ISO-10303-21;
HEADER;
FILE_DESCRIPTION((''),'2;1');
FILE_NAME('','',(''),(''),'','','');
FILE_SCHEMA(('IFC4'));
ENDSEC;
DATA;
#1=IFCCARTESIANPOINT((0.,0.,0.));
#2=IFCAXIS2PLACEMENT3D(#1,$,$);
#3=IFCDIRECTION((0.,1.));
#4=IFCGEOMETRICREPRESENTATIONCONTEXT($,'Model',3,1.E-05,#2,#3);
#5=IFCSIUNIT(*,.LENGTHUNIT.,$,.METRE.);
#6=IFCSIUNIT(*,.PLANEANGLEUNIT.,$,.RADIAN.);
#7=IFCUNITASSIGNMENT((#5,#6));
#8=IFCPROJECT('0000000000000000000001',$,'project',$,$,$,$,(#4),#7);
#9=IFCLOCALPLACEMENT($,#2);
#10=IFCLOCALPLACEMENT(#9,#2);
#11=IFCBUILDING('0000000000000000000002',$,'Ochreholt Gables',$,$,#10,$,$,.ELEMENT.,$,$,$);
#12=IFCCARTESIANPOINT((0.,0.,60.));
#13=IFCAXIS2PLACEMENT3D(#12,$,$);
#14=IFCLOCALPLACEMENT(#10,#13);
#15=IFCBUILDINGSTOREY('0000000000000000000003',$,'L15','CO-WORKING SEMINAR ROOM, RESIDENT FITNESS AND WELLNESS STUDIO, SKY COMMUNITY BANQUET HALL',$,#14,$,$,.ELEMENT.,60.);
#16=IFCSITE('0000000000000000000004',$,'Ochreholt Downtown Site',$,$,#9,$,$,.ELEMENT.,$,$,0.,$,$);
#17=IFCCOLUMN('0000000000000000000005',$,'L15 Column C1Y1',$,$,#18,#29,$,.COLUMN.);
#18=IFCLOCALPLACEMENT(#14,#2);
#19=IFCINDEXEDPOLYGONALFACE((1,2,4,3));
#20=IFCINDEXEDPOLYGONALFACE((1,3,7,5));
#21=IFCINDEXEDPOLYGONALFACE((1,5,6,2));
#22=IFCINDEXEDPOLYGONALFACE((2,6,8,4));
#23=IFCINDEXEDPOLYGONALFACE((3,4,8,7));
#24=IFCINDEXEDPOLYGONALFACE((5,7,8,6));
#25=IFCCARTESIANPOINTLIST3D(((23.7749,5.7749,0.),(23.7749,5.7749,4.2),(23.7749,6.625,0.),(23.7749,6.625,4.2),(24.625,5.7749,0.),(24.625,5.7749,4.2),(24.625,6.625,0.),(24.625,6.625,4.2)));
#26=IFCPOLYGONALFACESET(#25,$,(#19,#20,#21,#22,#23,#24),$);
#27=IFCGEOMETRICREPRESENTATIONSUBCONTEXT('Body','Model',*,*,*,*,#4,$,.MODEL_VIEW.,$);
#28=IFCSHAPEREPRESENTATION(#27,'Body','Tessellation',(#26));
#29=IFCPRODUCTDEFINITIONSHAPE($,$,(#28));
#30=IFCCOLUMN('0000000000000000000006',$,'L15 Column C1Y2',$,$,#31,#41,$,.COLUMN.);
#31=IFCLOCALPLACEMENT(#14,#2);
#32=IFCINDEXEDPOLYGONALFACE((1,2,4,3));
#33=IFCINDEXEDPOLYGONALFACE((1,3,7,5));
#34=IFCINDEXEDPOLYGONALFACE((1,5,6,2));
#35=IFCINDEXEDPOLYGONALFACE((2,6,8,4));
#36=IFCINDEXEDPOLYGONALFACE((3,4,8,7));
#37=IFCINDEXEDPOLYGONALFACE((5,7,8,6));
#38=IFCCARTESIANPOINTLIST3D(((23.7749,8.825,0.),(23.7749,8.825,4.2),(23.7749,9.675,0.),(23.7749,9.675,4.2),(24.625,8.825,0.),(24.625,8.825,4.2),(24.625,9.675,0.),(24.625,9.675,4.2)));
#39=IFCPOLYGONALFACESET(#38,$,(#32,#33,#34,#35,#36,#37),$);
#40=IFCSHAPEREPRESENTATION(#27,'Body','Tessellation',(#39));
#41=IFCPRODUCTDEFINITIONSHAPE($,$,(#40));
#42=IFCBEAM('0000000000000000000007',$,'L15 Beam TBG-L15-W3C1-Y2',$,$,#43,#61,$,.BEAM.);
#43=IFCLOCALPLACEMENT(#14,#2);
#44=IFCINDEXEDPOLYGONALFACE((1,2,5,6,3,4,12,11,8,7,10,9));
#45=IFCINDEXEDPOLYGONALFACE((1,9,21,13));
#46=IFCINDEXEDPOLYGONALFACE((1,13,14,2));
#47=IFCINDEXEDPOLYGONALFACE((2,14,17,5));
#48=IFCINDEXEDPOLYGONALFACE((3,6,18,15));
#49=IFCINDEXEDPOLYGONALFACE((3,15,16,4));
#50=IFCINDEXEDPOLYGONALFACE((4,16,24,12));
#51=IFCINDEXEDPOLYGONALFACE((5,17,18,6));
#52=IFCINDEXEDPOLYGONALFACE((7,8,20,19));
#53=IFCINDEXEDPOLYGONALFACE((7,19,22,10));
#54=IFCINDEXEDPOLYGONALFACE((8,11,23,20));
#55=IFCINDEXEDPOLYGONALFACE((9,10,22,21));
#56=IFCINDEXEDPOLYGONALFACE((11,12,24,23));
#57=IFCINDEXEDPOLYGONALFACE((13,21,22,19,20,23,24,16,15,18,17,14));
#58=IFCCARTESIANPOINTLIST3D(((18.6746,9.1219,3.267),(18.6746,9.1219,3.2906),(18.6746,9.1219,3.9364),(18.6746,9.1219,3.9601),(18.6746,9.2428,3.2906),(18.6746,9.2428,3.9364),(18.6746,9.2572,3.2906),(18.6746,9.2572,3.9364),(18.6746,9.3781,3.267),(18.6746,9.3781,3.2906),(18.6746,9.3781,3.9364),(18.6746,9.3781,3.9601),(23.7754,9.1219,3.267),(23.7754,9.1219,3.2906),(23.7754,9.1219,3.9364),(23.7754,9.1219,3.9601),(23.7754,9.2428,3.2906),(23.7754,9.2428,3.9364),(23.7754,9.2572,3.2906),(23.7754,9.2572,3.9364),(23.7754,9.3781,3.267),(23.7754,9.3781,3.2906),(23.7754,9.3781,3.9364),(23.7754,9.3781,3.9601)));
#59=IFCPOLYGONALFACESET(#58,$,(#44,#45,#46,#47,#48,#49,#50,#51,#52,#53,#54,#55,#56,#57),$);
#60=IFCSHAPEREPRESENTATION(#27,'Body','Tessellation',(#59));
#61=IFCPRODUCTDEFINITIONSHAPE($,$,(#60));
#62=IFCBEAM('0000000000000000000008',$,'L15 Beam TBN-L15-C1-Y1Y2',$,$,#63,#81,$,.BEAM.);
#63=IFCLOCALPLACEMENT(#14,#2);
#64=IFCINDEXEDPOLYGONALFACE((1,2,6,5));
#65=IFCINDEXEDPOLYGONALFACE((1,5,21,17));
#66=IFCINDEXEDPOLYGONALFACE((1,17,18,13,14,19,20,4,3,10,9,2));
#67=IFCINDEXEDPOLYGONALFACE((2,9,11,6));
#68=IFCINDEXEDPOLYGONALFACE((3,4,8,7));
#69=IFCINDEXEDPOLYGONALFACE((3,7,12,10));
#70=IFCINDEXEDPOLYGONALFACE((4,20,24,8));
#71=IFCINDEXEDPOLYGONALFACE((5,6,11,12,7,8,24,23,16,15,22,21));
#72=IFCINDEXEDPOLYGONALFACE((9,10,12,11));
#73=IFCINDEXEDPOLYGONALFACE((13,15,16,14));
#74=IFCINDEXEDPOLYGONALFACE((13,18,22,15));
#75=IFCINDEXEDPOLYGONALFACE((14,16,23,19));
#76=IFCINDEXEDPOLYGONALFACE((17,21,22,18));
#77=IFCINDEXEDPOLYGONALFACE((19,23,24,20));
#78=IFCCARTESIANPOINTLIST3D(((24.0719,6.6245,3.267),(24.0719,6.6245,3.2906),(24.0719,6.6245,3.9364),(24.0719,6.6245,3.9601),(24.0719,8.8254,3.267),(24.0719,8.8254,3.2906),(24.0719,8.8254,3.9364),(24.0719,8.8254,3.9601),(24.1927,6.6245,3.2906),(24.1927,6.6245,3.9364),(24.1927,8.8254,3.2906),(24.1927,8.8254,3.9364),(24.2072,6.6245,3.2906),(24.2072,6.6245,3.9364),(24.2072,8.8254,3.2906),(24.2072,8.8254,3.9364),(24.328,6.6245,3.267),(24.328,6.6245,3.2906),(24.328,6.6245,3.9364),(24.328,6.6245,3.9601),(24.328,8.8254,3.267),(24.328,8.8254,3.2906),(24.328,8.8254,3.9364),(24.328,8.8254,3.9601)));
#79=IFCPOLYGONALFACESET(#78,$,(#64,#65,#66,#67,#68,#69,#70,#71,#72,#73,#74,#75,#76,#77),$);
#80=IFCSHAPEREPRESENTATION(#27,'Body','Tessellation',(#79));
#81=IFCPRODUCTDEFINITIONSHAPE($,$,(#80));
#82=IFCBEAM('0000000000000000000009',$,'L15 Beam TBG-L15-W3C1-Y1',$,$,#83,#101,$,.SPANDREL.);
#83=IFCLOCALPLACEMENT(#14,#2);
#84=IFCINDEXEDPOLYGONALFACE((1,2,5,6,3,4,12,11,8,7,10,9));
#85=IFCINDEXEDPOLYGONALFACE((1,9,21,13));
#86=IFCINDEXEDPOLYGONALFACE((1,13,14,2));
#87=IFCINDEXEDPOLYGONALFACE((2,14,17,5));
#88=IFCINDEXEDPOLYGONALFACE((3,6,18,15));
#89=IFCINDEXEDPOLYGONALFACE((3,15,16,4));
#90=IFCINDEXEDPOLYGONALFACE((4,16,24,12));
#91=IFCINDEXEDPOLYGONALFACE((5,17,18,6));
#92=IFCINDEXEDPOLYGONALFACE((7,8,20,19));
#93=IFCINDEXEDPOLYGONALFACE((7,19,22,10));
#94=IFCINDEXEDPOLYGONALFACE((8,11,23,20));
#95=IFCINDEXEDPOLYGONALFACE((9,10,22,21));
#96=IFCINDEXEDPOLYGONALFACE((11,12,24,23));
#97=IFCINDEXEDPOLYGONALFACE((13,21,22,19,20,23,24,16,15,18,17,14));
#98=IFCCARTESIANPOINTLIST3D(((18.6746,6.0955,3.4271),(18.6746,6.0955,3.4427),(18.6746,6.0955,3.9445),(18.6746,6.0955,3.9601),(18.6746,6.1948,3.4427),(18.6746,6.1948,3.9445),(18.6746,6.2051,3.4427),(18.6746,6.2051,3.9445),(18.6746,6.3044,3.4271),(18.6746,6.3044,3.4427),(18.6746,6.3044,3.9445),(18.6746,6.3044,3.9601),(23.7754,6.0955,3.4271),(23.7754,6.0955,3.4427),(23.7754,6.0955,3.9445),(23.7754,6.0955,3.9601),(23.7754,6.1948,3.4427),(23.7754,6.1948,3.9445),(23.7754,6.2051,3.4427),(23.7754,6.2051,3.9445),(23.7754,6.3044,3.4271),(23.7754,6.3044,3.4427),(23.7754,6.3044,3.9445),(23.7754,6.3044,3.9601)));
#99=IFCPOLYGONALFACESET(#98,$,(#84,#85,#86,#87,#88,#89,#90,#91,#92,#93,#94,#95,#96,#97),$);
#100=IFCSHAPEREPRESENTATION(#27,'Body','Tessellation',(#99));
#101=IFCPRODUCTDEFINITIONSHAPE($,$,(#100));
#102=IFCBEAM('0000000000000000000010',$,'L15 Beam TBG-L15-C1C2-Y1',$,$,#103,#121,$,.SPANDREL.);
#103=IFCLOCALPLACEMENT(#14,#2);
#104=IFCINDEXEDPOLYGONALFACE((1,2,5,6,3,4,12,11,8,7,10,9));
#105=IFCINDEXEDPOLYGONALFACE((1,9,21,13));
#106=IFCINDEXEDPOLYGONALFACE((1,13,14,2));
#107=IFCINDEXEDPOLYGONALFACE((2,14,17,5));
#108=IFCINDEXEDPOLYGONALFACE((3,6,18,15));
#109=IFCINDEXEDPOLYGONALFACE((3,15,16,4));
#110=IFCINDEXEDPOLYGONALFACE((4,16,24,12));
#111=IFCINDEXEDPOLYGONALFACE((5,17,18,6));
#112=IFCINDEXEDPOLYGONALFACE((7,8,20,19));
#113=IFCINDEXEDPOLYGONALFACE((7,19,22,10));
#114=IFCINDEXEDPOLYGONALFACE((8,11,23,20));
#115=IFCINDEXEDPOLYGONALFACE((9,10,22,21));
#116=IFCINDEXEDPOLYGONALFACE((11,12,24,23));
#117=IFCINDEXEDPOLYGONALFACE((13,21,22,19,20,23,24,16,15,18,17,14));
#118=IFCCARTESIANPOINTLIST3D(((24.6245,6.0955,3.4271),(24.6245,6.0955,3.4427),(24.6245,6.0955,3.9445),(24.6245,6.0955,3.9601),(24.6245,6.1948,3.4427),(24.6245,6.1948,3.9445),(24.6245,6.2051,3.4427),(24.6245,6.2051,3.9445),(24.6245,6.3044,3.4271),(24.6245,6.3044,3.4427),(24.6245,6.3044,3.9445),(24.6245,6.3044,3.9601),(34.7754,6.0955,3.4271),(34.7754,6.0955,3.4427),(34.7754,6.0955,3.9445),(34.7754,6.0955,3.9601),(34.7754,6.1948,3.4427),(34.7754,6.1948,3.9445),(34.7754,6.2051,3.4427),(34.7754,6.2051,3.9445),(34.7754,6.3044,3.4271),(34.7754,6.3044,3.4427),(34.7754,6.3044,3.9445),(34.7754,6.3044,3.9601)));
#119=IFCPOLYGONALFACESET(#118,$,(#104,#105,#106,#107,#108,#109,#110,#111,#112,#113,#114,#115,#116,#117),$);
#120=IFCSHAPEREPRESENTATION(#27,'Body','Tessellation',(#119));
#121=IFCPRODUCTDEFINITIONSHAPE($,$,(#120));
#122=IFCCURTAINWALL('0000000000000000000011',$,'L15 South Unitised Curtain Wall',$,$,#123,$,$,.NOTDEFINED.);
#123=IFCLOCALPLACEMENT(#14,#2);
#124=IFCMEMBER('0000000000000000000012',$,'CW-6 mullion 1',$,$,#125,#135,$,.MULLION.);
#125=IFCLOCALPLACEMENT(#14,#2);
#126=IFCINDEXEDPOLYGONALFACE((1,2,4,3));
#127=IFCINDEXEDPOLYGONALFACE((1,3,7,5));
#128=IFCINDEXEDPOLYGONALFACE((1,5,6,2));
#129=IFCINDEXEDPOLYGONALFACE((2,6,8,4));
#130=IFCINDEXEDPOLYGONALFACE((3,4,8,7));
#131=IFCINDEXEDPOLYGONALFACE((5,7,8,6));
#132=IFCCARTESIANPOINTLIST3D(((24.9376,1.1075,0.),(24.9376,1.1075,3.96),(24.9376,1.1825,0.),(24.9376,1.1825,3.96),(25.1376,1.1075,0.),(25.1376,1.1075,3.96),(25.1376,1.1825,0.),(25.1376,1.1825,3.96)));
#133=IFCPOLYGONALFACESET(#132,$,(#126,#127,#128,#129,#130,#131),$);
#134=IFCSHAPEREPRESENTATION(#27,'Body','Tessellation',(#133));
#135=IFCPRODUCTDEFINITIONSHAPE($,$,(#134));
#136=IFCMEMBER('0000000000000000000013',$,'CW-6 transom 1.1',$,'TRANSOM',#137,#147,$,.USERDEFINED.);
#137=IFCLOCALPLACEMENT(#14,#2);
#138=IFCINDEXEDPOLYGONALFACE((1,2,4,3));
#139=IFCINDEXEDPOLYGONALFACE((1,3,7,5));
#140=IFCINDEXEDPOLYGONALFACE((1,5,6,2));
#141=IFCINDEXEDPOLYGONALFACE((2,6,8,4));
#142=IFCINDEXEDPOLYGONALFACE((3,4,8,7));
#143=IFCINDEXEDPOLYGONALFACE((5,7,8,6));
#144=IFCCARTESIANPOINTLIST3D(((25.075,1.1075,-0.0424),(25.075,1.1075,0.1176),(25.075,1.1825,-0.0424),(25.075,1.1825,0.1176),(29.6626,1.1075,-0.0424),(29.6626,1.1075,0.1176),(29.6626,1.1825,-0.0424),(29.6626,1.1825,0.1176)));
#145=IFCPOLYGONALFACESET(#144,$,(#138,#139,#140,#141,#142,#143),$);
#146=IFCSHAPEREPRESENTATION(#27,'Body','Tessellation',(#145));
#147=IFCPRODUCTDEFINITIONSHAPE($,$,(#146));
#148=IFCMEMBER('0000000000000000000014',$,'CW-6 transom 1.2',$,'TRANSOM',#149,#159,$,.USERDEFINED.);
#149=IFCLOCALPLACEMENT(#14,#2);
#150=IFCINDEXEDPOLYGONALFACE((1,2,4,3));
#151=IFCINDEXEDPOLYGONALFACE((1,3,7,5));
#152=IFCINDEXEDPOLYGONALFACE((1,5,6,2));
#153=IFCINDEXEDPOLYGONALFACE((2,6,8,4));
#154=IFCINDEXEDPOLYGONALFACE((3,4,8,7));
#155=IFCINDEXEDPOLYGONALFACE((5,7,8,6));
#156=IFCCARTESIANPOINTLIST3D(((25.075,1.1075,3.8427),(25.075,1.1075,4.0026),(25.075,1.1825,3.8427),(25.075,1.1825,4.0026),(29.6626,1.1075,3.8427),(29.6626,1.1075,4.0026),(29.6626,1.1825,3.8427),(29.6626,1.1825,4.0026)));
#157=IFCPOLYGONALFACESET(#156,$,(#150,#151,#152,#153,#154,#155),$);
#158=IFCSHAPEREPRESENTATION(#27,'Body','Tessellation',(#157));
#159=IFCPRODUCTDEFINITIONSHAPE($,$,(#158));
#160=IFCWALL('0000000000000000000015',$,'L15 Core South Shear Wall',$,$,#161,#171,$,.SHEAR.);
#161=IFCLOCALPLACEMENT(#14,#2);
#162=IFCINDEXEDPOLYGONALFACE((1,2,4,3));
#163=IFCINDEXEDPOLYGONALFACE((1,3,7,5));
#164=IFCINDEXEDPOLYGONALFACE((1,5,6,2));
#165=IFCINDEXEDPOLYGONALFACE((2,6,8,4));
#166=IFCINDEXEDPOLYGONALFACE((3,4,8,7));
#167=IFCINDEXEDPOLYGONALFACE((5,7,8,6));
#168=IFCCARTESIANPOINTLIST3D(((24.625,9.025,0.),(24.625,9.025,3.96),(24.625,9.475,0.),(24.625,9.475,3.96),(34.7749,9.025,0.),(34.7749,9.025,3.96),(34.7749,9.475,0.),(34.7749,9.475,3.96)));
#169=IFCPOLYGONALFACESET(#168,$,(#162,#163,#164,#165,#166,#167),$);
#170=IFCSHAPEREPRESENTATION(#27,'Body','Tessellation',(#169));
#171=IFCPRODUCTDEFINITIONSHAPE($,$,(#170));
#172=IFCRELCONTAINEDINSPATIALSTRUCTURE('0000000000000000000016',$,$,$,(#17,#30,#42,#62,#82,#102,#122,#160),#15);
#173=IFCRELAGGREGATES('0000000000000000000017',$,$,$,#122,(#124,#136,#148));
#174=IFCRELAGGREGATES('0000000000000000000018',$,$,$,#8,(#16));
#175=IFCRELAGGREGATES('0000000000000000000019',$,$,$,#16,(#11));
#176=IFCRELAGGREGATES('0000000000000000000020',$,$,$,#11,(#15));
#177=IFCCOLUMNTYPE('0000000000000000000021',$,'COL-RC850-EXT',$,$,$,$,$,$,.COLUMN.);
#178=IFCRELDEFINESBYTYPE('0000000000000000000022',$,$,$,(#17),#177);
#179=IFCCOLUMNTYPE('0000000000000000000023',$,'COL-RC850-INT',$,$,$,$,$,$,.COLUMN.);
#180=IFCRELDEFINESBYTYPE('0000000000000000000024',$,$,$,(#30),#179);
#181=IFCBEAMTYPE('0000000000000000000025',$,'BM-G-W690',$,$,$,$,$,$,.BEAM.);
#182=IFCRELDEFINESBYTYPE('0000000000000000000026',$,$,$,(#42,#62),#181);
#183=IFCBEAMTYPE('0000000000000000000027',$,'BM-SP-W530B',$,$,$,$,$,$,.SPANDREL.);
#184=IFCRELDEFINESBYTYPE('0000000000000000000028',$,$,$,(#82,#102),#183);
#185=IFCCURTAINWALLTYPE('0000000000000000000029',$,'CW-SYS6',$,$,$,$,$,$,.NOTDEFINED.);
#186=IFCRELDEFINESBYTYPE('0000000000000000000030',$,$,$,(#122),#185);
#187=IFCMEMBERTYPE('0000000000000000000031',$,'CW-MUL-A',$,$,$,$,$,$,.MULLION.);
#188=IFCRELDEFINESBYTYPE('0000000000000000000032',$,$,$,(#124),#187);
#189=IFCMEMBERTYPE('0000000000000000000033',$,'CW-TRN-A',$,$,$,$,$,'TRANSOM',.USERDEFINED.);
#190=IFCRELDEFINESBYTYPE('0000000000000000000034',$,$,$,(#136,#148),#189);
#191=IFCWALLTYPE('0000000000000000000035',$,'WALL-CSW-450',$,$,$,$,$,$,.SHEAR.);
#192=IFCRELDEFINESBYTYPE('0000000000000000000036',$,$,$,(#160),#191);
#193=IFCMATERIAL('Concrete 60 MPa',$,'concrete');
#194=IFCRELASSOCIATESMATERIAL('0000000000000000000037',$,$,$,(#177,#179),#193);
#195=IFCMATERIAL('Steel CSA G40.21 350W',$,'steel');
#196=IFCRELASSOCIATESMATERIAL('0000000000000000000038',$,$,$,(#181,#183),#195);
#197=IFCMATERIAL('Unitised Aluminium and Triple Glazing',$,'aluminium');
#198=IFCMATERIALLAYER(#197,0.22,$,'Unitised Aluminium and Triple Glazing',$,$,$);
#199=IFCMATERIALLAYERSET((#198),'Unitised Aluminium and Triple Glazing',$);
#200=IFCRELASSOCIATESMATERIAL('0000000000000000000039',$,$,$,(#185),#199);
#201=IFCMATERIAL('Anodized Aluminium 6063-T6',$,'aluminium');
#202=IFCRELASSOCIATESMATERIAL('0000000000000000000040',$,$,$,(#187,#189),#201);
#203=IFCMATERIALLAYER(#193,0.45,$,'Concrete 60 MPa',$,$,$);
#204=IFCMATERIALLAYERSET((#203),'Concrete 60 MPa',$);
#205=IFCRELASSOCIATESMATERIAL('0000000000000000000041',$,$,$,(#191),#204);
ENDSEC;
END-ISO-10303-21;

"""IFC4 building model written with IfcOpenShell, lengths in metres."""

from ifc_helpers import new_model, si_unit, direction, frame, frame_2d, origin, origin_2d, place, context, subcontext, project, spatial, rectangle, i_section, extrude, material, layer, layer_set, material_profile, profile_set, type_object, element, aggregate, save


model = new_model("IFC4")

# Units and contexts
model_context = context("Model", 3, precision=1e-05, world=origin(), true_north=direction((0.0, 1.0)))
body_context = subcontext(model_context, "Body", "Model", "MODEL_VIEW")
ifc_project = project(units=[si_unit("LENGTHUNIT", "METRE"), si_unit("PLANEANGLEUNIT", "RADIAN")], contexts=[model_context])

# Site, building, storey
site_placement = place(None, origin())
site = spatial("IfcSite", under=ifc_project, at=site_placement, Name="Ochreholt Downtown Site", CompositionType="ELEMENT", RefElevation=0.0)
building_placement = place(site_placement, origin())
building = spatial("IfcBuilding", under=site, at=building_placement, Name="Ochreholt Gables", CompositionType="ELEMENT")
storey_placement = place(building_placement, frame((0.0, 0.0, 60.0)))
storey = spatial("IfcBuildingStorey", under=building, at=storey_placement, Name="L15", Description="CO-WORKING SEMINAR ROOM, RESIDENT FITNESS AND WELLNESS STUDIO, SKY COMMUNITY BANQUET HALL", CompositionType="ELEMENT", Elevation=60.0)

# Columns
ifc_material_1 = material(Name="Concrete 60 MPa", Category="concrete")
ifc_material_profile_1 = material_profile(ifc_material_1, rectangle(XDim=0.8501, YDim=0.8501, at=origin_2d()), Name="RC850X850")
ifc_profile_set_1 = profile_set([ifc_material_profile_1], Name="Concrete 60 MPa")
column_type_1 = type_object("IfcColumnType", Name="COL-RC850-EXT", PredefinedType="COLUMN", material=ifc_profile_set_1)
column_1_placement = place(storey_placement, frame((24.2, 6.2, 0.0), z_axis=(0.0, 0.0, 1.0), x_axis=(1.0, 0.0, 0.0)))
element("IfcColumn", 1, at=column_1_placement, inside=storey, type_object=column_type_1, Name="L15 Column C1Y1", PredefinedType="COLUMN", context=body_context, shape_type="SweptSolid", body=[
    extrude(rectangle(XDim=0.8501, YDim=0.8501, at=origin_2d()), origin(), (0.0, 0.0, 1.0), 4.2),
])
ifc_material_profile_2 = material_profile(ifc_material_1, rectangle(XDim=0.8501, YDim=0.8501, at=origin_2d()), Name="RC850X850")
ifc_profile_set_2 = profile_set([ifc_material_profile_2], Name="Concrete 60 MPa")
column_type_2 = type_object("IfcColumnType", Name="COL-RC850-INT", PredefinedType="COLUMN", material=ifc_profile_set_2)
column_2_placement = place(storey_placement, frame((24.2, 9.25, 0.0), z_axis=(0.0, 0.0, 1.0), x_axis=(1.0, 0.0, 0.0)))
element("IfcColumn", 2, at=column_2_placement, inside=storey, type_object=column_type_2, Name="L15 Column C1Y2", PredefinedType="COLUMN", context=body_context, shape_type="SweptSolid", body=[
    extrude(rectangle(XDim=0.8501, YDim=0.8501, at=origin_2d()), origin(), (0.0, 0.0, 1.0), 4.2),
])

# Beams
ifc_material_2 = material(Name="Steel CSA G40.21 350W", Category="steel")
ifc_material_profile_3 = material_profile(ifc_material_2, i_section(OverallWidth=0.2561, OverallDepth=0.6931, WebThickness=0.0144, FlangeThickness=0.0237, at=origin_2d()), Name="W690X170")
ifc_profile_set_3 = profile_set([ifc_material_profile_3], Name="Steel CSA G40.21 350W")
beam_type_1 = type_object("IfcBeamType", Name="BM-G-W690", PredefinedType="BEAM", material=ifc_profile_set_3)
beam_1_placement = place(storey_placement, frame((18.6746, 9.25, 3.6135), z_axis=(1.0, 0.0, 0.0), x_axis=(0.0, 1.0, 0.0)))
element("IfcBeam", 3, at=beam_1_placement, inside=storey, type_object=beam_type_1, Name="L15 Beam TBG-L15-W3C1-Y2", PredefinedType="BEAM", context=body_context, shape_type="SweptSolid", body=[
    extrude(i_section(OverallWidth=0.2561, OverallDepth=0.6931, WebThickness=0.0144, FlangeThickness=0.0237, at=origin_2d()), origin(), (0.0, 0.0, 1.0), 5.1008),
])
beam_2_placement = place(storey_placement, frame((24.2, 6.6245, 3.6135), z_axis=(0.0, 1.0, 0.0), x_axis=(-1.0, 0.0, 0.0)))
element("IfcBeam", 4, at=beam_2_placement, inside=storey, type_object=beam_type_1, Name="L15 Beam TBN-L15-C1-Y1Y2", PredefinedType="BEAM", context=body_context, shape_type="SweptSolid", body=[
    extrude(i_section(OverallWidth=0.2561, OverallDepth=0.6931, WebThickness=0.0144, FlangeThickness=0.0237, at=origin_2d()), origin(), (0.0, 0.0, 1.0), 2.2009),
])
ifc_material_profile_4 = material_profile(ifc_material_2, i_section(OverallWidth=0.209, OverallDepth=0.533, WebThickness=0.0103, FlangeThickness=0.0156, at=origin_2d()), Name="W530X92")
ifc_profile_set_4 = profile_set([ifc_material_profile_4], Name="Steel CSA G40.21 350W")
beam_type_2 = type_object("IfcBeamType", Name="BM-SP-W530B", PredefinedType="SPANDREL", material=ifc_profile_set_4)
beam_3_placement = place(storey_placement, frame((18.6746, 6.2, 3.6936), z_axis=(1.0, 0.0, 0.0), x_axis=(0.0, 1.0, 0.0)))
element("IfcBeam", 5, at=beam_3_placement, inside=storey, type_object=beam_type_2, Name="L15 Beam TBG-L15-W3C1-Y1", PredefinedType="SPANDREL", context=body_context, shape_type="SweptSolid", body=[
    extrude(i_section(OverallWidth=0.209, OverallDepth=0.533, WebThickness=0.0103, FlangeThickness=0.0156, at=origin_2d()), origin(), (0.0, 0.0, 1.0), 5.1008),
])
beam_4_placement = place(storey_placement, frame((24.6245, 6.2, 3.6936), z_axis=(1.0, 0.0, 0.0), x_axis=(0.0, 1.0, 0.0)))
element("IfcBeam", 6, at=beam_4_placement, inside=storey, type_object=beam_type_2, Name="L15 Beam TBG-L15-C1C2-Y1", PredefinedType="SPANDREL", context=body_context, shape_type="SweptSolid", body=[
    extrude(i_section(OverallWidth=0.209, OverallDepth=0.533, WebThickness=0.0103, FlangeThickness=0.0156, at=origin_2d()), origin(), (0.0, 0.0, 1.0), 10.1509),
])

# Curtain wall, members
ifc_material_3 = material(Name="Unitised Aluminium and Triple Glazing", Category="aluminium")
ifc_layer_1 = layer(ifc_material_3, 0.22, Name="Unitised Aluminium and Triple Glazing")
ifc_layer_set_1 = layer_set([ifc_layer_1], Name="Unitised Aluminium and Triple Glazing")
curtain_wall_type = type_object("IfcCurtainWallType", Name="CW-SYS6", PredefinedType="NOTDEFINED", material=ifc_layer_set_1)
curtain_wall_placement = place(storey_placement, origin())
curtain_wall = element("IfcCurtainWall", 7, at=curtain_wall_placement, inside=storey, type_object=curtain_wall_type, Name="L15 South Unitised Curtain Wall", PredefinedType="NOTDEFINED")
ifc_material_4 = material(Name="Anodized Aluminium 6063-T6", Category="aluminium")
ifc_material_profile_5 = material_profile(ifc_material_4, rectangle(XDim=0.075, YDim=0.2, at=origin_2d()), Name="CWM75X200")
ifc_profile_set_5 = profile_set([ifc_material_profile_5], Name="Anodized Aluminium 6063-T6")
member_type_1 = type_object("IfcMemberType", Name="CW-MUL-A", PredefinedType="MULLION", material=ifc_profile_set_5)
member_1_placement = place(storey_placement, frame((25.0376, 1.145, 0.0), z_axis=(0.0, 0.0, 1.0), x_axis=(0.0, 1.0, 0.0)))
member_1 = element("IfcMember", 8, at=member_1_placement, type_object=member_type_1, Name="CW-6 mullion 1", PredefinedType="MULLION", context=body_context, shape_type="SweptSolid", body=[
    extrude(rectangle(XDim=0.075, YDim=0.2, at=origin_2d()), origin(), (0.0, 0.0, 1.0), 3.96),
])
ifc_material_profile_6 = material_profile(ifc_material_4, rectangle(XDim=0.075, YDim=0.1599, at=origin_2d()), Name="CWT75X160")
ifc_profile_set_6 = profile_set([ifc_material_profile_6], Name="Anodized Aluminium 6063-T6")
member_type_2 = type_object("IfcMemberType", Name="CW-TRN-A", ElementType="TRANSOM", PredefinedType="USERDEFINED", material=ifc_profile_set_6)
member_2_placement = place(storey_placement, frame((25.075, 1.145, 0.0376), z_axis=(1.0, 0.0, 0.0), x_axis=(0.0, 1.0, 0.0)))
member_2 = element("IfcMember", 9, at=member_2_placement, type_object=member_type_2, Name="CW-6 transom 1.1", ObjectType="TRANSOM", PredefinedType="USERDEFINED", context=body_context, shape_type="SweptSolid", body=[
    extrude(rectangle(XDim=0.075, YDim=0.1599, at=origin_2d()), origin(), (0.0, 0.0, 1.0), 4.5876),
])
member_3_placement = place(storey_placement, frame((25.075, 1.145, 3.9226), z_axis=(1.0, 0.0, 0.0), x_axis=(0.0, 1.0, 0.0)))
member_3 = element("IfcMember", 10, at=member_3_placement, type_object=member_type_2, Name="CW-6 transom 1.2", ObjectType="TRANSOM", PredefinedType="USERDEFINED", context=body_context, shape_type="SweptSolid", body=[
    extrude(rectangle(XDim=0.075, YDim=0.1599, at=origin_2d()), origin(), (0.0, 0.0, 1.0), 4.5876),
])
aggregate(curtain_wall, [member_1, member_2, member_3])

# Wall
ifc_layer_2 = layer(ifc_material_1, 0.45, Name="Concrete 60 MPa")
ifc_layer_set_2 = layer_set([ifc_layer_2], Name="Concrete 60 MPa")
wall_type_1 = type_object("IfcWallType", Name="WALL-CSW-450", PredefinedType="SHEAR", material=ifc_layer_set_2)
wall_1_placement = place(storey_placement, frame((24.625, 9.25, 0.0), z_axis=(0.0, 0.0, 1.0), x_axis=(1.0, 0.0, 0.0)))
element("IfcWall", 11, at=wall_1_placement, inside=storey, type_object=wall_type_1, Name="L15 Core South Shear Wall", PredefinedType="SHEAR", context=body_context, shape_type="SweptSolid", body=[
    extrude(rectangle(XDim=10.1499, YDim=0.45, at=frame_2d((5.075, 0.0))), origin(), (0.0, 0.0, 1.0), 3.96),
])

save(model, "model.ifc")
